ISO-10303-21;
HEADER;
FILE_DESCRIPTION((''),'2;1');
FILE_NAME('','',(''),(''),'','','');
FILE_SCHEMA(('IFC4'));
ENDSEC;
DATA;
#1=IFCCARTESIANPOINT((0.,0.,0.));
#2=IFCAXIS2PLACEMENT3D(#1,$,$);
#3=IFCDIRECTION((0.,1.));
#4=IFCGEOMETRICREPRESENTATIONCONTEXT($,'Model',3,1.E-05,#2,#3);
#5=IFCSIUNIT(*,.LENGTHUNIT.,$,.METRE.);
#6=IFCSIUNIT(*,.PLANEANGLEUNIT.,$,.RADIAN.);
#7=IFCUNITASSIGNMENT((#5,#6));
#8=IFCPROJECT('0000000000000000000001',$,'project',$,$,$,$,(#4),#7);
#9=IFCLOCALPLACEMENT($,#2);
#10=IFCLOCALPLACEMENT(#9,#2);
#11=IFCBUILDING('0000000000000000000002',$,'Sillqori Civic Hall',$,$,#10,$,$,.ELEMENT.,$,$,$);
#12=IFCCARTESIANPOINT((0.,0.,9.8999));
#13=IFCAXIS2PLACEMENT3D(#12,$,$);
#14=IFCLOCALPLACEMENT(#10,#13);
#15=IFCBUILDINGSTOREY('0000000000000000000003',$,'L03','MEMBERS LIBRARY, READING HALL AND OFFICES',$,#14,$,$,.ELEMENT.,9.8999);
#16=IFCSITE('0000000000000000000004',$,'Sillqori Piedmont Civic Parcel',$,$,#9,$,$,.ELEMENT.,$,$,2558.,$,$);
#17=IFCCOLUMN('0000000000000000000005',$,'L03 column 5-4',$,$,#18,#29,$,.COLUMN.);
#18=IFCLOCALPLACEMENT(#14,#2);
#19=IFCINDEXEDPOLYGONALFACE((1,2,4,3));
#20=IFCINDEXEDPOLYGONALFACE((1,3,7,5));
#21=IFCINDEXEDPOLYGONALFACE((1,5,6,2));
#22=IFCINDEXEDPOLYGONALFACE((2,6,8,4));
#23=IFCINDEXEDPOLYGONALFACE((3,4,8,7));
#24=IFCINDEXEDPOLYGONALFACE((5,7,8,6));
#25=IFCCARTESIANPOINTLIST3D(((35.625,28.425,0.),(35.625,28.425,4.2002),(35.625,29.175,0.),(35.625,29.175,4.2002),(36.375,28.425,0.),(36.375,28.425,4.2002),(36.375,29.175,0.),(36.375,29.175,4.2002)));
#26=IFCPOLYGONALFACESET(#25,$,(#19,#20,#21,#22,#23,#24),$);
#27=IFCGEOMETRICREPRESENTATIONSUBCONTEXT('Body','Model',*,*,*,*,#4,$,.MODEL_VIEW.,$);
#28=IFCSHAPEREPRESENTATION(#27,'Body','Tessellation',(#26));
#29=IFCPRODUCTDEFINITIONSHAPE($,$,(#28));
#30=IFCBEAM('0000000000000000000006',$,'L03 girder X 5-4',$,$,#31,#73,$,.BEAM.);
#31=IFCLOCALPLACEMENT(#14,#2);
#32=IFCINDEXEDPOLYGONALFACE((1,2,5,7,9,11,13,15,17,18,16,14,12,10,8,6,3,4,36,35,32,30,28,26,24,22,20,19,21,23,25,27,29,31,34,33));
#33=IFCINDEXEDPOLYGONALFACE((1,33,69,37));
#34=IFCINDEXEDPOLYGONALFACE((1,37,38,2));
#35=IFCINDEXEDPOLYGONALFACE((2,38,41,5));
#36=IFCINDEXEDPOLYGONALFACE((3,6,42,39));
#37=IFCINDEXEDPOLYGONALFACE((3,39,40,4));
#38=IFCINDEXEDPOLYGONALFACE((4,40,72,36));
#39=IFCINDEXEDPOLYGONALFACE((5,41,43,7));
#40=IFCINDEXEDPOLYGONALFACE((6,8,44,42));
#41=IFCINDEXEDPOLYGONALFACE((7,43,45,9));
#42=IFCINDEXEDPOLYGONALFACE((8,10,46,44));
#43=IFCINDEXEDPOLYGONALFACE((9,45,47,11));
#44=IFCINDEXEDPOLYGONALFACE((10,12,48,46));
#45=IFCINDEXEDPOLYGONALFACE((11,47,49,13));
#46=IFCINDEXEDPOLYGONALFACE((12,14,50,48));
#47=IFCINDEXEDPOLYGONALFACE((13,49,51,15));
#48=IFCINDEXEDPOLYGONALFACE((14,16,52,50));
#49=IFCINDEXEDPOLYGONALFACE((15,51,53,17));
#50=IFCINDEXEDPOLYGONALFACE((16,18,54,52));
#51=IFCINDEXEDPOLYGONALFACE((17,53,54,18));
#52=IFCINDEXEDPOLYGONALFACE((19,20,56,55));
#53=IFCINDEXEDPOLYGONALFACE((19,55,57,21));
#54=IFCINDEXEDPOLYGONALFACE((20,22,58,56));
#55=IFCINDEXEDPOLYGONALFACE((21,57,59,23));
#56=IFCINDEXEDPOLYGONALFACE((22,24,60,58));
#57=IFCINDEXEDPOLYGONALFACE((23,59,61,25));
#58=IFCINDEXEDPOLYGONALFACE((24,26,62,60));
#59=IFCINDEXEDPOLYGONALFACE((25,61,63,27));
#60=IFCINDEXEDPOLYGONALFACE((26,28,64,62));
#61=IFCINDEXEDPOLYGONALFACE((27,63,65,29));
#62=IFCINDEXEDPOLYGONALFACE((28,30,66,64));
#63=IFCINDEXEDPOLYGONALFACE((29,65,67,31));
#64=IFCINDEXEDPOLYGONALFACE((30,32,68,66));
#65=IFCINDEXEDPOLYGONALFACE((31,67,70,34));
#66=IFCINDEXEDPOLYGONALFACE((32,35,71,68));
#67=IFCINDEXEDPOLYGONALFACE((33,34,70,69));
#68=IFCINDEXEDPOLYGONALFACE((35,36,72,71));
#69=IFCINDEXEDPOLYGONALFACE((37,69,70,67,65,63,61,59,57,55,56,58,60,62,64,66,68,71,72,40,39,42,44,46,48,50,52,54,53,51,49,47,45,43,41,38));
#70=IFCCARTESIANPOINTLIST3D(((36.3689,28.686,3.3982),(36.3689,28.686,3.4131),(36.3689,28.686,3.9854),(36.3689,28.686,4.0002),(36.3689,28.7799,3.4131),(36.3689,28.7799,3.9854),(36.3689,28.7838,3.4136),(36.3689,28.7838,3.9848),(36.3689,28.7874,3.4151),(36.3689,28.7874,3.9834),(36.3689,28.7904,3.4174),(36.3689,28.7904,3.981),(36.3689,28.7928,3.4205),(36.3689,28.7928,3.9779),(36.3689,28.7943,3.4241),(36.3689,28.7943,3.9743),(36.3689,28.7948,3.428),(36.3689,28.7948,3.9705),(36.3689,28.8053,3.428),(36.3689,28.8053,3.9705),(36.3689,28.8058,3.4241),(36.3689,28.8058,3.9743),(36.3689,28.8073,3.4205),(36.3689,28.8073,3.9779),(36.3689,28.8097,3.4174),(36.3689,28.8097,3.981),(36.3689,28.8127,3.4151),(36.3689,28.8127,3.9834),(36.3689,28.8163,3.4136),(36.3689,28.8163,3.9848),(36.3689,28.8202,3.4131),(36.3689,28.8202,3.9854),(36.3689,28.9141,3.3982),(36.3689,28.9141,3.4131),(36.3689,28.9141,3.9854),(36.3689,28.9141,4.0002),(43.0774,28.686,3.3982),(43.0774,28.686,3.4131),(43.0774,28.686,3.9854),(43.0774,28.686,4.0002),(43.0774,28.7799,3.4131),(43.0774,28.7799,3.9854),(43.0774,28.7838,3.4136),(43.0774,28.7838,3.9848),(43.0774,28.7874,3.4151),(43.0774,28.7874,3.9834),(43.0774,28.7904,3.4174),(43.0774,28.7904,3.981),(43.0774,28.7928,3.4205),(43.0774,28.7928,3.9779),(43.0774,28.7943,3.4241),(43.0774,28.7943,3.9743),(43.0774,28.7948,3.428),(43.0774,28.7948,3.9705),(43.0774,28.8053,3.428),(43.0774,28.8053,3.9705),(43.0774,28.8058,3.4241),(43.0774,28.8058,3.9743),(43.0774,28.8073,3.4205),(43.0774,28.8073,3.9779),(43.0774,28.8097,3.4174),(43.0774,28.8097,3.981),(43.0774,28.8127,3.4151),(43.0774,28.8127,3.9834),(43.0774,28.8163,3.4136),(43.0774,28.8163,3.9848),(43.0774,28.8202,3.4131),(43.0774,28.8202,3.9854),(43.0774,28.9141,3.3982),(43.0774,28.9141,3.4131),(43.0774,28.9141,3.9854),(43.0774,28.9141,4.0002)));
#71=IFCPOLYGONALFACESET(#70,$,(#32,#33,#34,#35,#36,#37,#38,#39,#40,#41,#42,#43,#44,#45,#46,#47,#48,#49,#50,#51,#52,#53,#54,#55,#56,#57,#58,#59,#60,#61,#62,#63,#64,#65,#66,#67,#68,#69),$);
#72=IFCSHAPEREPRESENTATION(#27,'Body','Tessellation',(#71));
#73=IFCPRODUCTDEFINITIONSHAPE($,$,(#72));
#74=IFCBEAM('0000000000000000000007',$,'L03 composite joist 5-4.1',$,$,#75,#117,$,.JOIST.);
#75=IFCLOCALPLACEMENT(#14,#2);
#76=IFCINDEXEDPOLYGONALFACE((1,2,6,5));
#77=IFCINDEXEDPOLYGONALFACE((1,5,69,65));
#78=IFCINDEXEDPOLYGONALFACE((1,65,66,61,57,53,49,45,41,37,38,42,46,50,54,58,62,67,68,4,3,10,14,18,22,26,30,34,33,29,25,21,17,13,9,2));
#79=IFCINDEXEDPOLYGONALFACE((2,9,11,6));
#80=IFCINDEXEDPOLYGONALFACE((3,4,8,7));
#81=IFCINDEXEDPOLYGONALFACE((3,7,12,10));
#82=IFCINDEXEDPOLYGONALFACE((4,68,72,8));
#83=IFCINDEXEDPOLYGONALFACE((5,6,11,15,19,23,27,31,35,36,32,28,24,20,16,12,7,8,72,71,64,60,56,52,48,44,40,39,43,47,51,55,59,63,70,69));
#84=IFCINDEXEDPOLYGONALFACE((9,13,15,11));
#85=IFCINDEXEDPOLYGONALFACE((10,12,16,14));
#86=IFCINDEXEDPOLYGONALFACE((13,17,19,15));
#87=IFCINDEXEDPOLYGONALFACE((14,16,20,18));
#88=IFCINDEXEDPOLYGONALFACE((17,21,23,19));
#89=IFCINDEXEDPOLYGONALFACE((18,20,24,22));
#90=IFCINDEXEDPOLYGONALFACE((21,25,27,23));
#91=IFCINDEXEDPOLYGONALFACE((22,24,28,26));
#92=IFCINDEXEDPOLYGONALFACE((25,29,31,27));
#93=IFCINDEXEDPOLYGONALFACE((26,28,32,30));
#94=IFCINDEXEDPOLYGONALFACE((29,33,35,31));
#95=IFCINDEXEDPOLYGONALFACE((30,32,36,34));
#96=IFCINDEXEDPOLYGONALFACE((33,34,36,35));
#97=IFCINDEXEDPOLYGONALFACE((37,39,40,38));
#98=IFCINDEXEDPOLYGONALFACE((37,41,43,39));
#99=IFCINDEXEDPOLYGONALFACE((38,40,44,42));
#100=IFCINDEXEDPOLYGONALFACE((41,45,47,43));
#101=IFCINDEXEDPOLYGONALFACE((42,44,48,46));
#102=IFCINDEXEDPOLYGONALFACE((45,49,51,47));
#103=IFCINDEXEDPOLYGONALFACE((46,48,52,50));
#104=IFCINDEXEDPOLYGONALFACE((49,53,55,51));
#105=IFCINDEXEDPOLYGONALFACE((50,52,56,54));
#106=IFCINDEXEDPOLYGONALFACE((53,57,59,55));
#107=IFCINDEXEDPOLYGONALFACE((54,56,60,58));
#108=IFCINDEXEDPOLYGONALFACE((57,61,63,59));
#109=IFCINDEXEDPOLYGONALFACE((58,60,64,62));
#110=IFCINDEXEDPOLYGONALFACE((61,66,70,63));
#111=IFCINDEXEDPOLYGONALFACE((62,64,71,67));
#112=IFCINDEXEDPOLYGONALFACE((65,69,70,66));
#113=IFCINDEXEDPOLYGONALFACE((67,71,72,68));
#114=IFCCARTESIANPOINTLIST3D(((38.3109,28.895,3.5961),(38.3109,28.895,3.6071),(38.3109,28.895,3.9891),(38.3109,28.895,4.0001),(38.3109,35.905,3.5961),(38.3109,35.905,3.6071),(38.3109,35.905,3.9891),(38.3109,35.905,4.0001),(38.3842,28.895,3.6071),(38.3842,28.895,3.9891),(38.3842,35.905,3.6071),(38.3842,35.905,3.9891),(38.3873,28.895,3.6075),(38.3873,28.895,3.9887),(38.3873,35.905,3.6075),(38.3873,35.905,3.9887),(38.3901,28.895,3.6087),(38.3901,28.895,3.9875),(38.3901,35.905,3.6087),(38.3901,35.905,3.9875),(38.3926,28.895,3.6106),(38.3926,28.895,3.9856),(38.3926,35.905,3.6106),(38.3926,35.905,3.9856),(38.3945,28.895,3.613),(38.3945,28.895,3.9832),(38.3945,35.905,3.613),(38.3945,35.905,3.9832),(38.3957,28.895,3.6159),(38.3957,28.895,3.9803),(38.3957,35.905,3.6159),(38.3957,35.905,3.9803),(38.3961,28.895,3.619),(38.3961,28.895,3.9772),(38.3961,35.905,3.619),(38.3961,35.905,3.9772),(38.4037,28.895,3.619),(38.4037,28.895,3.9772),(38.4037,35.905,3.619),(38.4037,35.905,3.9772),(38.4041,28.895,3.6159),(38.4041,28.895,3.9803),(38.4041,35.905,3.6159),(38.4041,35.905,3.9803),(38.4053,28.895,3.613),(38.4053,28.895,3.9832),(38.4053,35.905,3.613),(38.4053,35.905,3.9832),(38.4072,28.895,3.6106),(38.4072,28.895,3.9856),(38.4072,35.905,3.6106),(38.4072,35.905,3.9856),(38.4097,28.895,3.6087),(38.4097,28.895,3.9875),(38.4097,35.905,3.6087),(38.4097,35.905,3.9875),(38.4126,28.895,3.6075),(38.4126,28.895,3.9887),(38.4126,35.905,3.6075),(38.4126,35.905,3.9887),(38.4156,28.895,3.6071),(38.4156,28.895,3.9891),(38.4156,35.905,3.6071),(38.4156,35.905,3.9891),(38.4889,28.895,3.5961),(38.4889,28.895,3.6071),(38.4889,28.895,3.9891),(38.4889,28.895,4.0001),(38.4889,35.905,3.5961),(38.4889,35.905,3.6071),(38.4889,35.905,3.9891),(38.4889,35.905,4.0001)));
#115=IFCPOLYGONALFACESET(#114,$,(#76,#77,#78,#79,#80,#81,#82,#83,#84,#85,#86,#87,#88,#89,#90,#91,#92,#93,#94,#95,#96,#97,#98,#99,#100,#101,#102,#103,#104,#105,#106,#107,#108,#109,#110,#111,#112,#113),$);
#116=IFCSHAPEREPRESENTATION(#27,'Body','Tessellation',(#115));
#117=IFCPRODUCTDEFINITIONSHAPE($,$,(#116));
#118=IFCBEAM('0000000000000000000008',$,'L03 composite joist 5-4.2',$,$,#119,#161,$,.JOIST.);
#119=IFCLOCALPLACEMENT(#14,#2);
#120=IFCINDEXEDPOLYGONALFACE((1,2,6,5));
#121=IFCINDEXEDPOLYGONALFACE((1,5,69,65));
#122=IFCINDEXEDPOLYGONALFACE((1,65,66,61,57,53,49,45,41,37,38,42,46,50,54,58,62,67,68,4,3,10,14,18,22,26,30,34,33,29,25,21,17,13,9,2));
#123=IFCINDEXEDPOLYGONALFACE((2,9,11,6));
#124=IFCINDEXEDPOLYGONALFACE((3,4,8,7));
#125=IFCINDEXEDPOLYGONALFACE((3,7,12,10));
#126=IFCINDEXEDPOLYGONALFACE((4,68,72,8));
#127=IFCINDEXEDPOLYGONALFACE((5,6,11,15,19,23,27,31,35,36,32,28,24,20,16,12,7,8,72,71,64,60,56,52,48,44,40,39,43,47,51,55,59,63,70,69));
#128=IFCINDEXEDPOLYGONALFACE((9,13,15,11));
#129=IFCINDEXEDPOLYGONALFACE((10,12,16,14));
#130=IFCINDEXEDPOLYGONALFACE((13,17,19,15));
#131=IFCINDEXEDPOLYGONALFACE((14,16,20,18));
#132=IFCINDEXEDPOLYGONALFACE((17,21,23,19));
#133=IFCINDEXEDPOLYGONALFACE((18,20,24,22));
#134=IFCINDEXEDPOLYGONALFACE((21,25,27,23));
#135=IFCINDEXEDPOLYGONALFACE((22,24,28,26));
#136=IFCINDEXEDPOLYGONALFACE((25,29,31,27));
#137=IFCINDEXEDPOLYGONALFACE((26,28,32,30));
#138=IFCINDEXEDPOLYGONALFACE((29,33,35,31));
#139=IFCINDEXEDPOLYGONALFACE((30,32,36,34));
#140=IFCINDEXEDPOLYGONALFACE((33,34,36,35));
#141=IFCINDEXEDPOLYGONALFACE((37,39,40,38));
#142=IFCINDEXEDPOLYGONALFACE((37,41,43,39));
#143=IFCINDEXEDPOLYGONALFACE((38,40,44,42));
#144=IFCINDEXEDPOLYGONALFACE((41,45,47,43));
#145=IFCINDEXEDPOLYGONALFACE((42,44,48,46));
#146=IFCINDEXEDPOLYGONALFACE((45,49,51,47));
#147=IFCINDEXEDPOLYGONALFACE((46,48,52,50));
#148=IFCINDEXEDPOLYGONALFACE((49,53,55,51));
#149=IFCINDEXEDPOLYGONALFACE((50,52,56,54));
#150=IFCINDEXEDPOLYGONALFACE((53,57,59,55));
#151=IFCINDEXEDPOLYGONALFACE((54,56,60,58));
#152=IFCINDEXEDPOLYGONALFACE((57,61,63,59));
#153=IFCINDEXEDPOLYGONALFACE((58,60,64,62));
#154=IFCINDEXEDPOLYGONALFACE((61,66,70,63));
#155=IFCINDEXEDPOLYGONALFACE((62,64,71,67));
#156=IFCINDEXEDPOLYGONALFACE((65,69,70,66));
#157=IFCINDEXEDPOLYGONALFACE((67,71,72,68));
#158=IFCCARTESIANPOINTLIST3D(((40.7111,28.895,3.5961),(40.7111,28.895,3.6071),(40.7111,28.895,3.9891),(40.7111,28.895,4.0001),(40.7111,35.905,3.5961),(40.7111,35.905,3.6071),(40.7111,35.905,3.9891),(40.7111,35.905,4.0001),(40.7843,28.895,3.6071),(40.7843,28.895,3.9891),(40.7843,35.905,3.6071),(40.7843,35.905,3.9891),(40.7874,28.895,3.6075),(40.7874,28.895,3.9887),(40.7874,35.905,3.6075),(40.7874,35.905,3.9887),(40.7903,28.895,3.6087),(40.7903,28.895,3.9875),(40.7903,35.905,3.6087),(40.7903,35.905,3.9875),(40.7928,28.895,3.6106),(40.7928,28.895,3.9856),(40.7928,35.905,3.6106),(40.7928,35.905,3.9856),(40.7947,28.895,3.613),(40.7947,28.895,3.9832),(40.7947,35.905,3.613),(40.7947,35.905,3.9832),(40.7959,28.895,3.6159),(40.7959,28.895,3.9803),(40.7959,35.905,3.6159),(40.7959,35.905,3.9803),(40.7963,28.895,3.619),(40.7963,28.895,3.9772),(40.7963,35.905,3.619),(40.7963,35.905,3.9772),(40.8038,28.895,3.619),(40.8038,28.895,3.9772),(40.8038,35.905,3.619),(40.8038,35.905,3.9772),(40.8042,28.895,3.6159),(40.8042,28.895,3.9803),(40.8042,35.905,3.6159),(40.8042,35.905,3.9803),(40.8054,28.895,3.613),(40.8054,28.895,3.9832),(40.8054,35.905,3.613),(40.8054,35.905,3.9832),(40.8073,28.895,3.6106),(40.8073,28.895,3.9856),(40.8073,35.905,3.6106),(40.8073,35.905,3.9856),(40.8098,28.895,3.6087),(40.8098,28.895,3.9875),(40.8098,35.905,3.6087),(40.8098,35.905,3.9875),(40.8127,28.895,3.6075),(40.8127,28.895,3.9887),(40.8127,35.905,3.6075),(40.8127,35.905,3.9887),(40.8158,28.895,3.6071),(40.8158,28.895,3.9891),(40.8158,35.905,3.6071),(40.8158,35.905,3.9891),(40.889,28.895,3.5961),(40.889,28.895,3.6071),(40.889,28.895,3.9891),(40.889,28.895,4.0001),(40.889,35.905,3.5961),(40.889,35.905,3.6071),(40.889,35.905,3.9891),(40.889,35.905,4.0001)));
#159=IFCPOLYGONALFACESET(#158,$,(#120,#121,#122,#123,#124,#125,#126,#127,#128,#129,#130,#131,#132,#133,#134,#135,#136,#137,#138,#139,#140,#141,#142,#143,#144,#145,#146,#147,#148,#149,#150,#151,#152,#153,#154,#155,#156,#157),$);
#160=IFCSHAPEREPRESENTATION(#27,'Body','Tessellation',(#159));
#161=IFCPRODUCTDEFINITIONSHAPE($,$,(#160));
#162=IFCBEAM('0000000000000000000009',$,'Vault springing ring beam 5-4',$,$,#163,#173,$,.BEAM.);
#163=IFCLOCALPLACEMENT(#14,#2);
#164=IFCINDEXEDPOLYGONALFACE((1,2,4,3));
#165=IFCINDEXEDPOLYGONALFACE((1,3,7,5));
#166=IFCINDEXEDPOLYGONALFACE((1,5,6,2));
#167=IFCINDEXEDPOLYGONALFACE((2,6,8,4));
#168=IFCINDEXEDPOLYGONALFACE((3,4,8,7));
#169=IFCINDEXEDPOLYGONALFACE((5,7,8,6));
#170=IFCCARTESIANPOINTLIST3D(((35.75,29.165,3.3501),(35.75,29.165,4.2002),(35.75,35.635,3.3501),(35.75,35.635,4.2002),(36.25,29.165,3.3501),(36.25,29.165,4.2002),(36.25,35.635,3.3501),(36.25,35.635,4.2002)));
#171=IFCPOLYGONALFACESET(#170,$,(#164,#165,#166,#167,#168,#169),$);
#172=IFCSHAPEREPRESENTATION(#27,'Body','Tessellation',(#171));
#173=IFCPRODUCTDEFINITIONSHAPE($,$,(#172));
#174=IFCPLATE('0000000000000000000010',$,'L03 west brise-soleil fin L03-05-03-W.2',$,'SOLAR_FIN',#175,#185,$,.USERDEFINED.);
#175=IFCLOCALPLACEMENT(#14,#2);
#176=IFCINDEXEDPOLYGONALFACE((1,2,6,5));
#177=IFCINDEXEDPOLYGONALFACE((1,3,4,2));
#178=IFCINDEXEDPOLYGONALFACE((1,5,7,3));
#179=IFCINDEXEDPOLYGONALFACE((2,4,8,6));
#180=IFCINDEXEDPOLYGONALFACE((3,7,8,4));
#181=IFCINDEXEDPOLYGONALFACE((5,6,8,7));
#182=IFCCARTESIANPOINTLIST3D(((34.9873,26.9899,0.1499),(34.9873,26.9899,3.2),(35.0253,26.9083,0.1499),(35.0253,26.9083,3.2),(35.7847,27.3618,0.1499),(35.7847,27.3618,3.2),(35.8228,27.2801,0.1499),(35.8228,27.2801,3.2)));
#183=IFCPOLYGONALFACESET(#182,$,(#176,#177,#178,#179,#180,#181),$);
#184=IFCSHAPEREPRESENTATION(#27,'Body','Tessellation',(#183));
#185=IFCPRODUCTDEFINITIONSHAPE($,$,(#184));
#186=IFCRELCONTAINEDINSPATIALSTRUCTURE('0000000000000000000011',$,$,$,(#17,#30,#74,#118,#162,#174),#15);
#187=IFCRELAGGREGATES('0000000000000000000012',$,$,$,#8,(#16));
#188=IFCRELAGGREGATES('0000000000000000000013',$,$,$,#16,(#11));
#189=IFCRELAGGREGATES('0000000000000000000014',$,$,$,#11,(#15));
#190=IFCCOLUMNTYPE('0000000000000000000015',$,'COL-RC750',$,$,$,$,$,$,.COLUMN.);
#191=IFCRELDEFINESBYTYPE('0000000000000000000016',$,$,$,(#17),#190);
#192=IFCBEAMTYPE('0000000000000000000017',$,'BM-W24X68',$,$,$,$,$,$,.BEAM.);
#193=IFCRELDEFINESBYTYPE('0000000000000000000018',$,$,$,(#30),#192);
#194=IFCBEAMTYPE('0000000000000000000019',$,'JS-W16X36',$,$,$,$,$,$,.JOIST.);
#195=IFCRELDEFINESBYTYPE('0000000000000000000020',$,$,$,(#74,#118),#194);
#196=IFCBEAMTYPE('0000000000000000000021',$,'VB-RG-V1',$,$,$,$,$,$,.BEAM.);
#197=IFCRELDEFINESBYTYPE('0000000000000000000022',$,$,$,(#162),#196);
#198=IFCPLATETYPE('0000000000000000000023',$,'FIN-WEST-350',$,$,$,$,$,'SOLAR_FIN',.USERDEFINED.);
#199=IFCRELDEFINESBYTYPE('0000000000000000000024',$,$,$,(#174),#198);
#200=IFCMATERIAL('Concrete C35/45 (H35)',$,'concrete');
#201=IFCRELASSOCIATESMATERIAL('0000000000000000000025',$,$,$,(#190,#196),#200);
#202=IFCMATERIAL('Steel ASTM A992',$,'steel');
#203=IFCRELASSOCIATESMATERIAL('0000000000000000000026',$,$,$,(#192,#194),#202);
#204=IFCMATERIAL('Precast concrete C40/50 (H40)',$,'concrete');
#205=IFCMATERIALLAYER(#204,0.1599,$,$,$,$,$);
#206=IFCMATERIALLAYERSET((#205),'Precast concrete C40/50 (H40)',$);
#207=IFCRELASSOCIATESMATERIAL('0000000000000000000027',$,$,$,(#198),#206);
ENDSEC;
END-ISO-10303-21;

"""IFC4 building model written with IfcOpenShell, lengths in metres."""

from ifc_helpers import new_model, si_unit, direction, frame, origin, origin_2d, place, context, subcontext, project, spatial, rectangle, i_section, extrude, material, layer, layer_set, material_profile, profile_set, type_object, element, save


model = new_model("IFC4")

# Units and contexts
model_context = context("Model", 3, precision=1e-05, world=origin(), true_north=direction((0.0, 1.0)))
body_context = subcontext(model_context, "Body", "Model", "MODEL_VIEW")
ifc_project = project(units=[si_unit("LENGTHUNIT", "METRE"), si_unit("PLANEANGLEUNIT", "RADIAN")], contexts=[model_context])

# Site, building, storey
site_placement = place(None, origin())
site = spatial("IfcSite", under=ifc_project, at=site_placement, Name="Sillqori Piedmont Civic Parcel", CompositionType="ELEMENT", RefElevation=2558.0)
building_placement = place(site_placement, origin())
building = spatial("IfcBuilding", under=site, at=building_placement, Name="Sillqori Civic Hall", CompositionType="ELEMENT")
storey_placement = place(building_placement, frame((0.0, 0.0, 9.8999)))
storey = spatial("IfcBuildingStorey", under=building, at=storey_placement, Name="L03", Description="MEMBERS LIBRARY, READING HALL AND OFFICES", CompositionType="ELEMENT", Elevation=9.8999)

# Column
ifc_material_1 = material(Name="Concrete C35/45 (H35)", Category="concrete")
ifc_material_profile_1 = material_profile(ifc_material_1, rectangle(XDim=0.75, YDim=0.75, at=origin_2d()), Name="RC 750x750")
ifc_profile_set_1 = profile_set([ifc_material_profile_1], Name="Concrete C35/45 (H35)")
column_type = type_object("IfcColumnType", Name="COL-RC750", PredefinedType="COLUMN", material=ifc_profile_set_1)
column_placement = place(storey_placement, frame((36.0, 28.8, 0.0), z_axis=(0.0, 0.0, 1.0), x_axis=(1.0, 0.0, 0.0)))
element("IfcColumn", 1, at=column_placement, inside=storey, type_object=column_type, Name="L03 column 5-4", PredefinedType="COLUMN", context=body_context, shape_type="SweptSolid", body=[
    extrude(rectangle(XDim=0.75, YDim=0.75, at=origin_2d()), origin(), (0.0, 0.0, 1.0), 4.2002),
])

# Beams
ifc_material_2 = material(Name="Steel ASTM A992", Category="steel")
ifc_material_profile_2 = material_profile(ifc_material_2, i_section(OverallWidth=0.228, OverallDepth=0.6021, WebThickness=0.0105, FlangeThickness=0.0149, FilletRadius=0.0149, at=origin_2d()), Name="W24X68")
ifc_profile_set_2 = profile_set([ifc_material_profile_2], Name="Steel ASTM A992")
beam_type_1 = type_object("IfcBeamType", Name="BM-W24X68", PredefinedType="BEAM", material=ifc_profile_set_2)
beam_1_placement = place(storey_placement, frame((36.3689, 28.8, 3.6992), z_axis=(1.0, 0.0, 0.0), x_axis=(0.0, 1.0, 0.0)))
element("IfcBeam", 2, at=beam_1_placement, inside=storey, type_object=beam_type_1, Name="L03 girder X 5-4", PredefinedType="BEAM", context=body_context, shape_type="SweptSolid", body=[
    extrude(i_section(OverallWidth=0.228, OverallDepth=0.6021, WebThickness=0.0105, FlangeThickness=0.0149, FilletRadius=0.0149, at=origin_2d()), origin(), (0.0, 0.0, 1.0), 6.7085),
])
ifc_material_profile_3 = material_profile(ifc_material_2, i_section(OverallWidth=0.178, OverallDepth=0.4041, WebThickness=0.0076, FlangeThickness=0.011, FilletRadius=0.012, at=origin_2d()), Name="W16X36")
ifc_profile_set_3 = profile_set([ifc_material_profile_3], Name="Steel ASTM A992")
beam_type_2 = type_object("IfcBeamType", Name="JS-W16X36", PredefinedType="JOIST", material=ifc_profile_set_3)
for number, where, z_axis, x_axis, name in (
    (3, (38.3999, 28.895, 3.7981), (0.0, 1.0, 0.0), (-1.0, 0.0, 0.0), "L03 composite joist 5-4.1"),
    (4, (40.8, 28.895, 3.7981), (0.0, 1.0, 0.0), (-1.0, 0.0, 0.0), "L03 composite joist 5-4.2"),
):
    element("IfcBeam", number, at=place(storey_placement, frame(where, z_axis=z_axis, x_axis=x_axis)), inside=storey, type_object=beam_type_2, Name=name, PredefinedType="JOIST", context=body_context, shape_type="SweptSolid", body=[
        extrude(i_section(OverallWidth=0.178, OverallDepth=0.4041, WebThickness=0.0076, FlangeThickness=0.011, FilletRadius=0.012, at=origin_2d()), origin(), (0.0, 0.0, 1.0), 7.01),
    ])
ifc_material_profile_4 = material_profile(ifc_material_1, rectangle(XDim=0.5, YDim=0.8501, at=origin_2d()), Name="RC 500x850")
ifc_profile_set_4 = profile_set([ifc_material_profile_4], Name="Concrete C35/45 (H35)")
beam_type_3 = type_object("IfcBeamType", Name="VB-RG-V1", PredefinedType="BEAM", material=ifc_profile_set_4)
beam_2_placement = place(storey_placement, frame((36.0, 29.165, 3.7751), z_axis=(0.0, 1.0, 0.0), x_axis=(-1.0, 0.0, 0.0)))
element("IfcBeam", 5, at=beam_2_placement, inside=storey, type_object=beam_type_3, Name="Vault springing ring beam 5-4", PredefinedType="BEAM", context=body_context, shape_type="SweptSolid", body=[
    extrude(rectangle(XDim=0.5, YDim=0.8501, at=origin_2d()), origin(), (0.0, 0.0, 1.0), 6.47),
])

# Plate
ifc_material_3 = material(Name="Precast concrete C40/50 (H40)", Category="concrete")
ifc_layer_1 = layer(ifc_material_3, 0.1599)
ifc_layer_set_1 = layer_set([ifc_layer_1], Name="Precast concrete C40/50 (H40)")
plate_type_1 = type_object("IfcPlateType", Name="FIN-WEST-350", ElementType="SOLAR_FIN", PredefinedType="USERDEFINED", material=ifc_layer_set_1)
for number, where, z_axis, x_axis, name in (
    (6, (35.405, 27.135, 0.1499), (0.0, 0.0, 1.0), (-0.422618, 0.906308, 0.0), "L03 west brise-soleil fin L03-05-03-W.2"),
):
    element("IfcPlate", number, at=place(storey_placement, frame(where, z_axis=z_axis, x_axis=x_axis)), inside=storey, type_object=plate_type_1, Name=name, ObjectType="SOLAR_FIN", PredefinedType="USERDEFINED", context=body_context, shape_type="SweptSolid", body=[
        extrude(rectangle(XDim=0.0901, YDim=0.8799, at=origin_2d()), origin(), (0.0, 0.0, 1.0), 3.05),
    ])

save(model, "model.ifc")
